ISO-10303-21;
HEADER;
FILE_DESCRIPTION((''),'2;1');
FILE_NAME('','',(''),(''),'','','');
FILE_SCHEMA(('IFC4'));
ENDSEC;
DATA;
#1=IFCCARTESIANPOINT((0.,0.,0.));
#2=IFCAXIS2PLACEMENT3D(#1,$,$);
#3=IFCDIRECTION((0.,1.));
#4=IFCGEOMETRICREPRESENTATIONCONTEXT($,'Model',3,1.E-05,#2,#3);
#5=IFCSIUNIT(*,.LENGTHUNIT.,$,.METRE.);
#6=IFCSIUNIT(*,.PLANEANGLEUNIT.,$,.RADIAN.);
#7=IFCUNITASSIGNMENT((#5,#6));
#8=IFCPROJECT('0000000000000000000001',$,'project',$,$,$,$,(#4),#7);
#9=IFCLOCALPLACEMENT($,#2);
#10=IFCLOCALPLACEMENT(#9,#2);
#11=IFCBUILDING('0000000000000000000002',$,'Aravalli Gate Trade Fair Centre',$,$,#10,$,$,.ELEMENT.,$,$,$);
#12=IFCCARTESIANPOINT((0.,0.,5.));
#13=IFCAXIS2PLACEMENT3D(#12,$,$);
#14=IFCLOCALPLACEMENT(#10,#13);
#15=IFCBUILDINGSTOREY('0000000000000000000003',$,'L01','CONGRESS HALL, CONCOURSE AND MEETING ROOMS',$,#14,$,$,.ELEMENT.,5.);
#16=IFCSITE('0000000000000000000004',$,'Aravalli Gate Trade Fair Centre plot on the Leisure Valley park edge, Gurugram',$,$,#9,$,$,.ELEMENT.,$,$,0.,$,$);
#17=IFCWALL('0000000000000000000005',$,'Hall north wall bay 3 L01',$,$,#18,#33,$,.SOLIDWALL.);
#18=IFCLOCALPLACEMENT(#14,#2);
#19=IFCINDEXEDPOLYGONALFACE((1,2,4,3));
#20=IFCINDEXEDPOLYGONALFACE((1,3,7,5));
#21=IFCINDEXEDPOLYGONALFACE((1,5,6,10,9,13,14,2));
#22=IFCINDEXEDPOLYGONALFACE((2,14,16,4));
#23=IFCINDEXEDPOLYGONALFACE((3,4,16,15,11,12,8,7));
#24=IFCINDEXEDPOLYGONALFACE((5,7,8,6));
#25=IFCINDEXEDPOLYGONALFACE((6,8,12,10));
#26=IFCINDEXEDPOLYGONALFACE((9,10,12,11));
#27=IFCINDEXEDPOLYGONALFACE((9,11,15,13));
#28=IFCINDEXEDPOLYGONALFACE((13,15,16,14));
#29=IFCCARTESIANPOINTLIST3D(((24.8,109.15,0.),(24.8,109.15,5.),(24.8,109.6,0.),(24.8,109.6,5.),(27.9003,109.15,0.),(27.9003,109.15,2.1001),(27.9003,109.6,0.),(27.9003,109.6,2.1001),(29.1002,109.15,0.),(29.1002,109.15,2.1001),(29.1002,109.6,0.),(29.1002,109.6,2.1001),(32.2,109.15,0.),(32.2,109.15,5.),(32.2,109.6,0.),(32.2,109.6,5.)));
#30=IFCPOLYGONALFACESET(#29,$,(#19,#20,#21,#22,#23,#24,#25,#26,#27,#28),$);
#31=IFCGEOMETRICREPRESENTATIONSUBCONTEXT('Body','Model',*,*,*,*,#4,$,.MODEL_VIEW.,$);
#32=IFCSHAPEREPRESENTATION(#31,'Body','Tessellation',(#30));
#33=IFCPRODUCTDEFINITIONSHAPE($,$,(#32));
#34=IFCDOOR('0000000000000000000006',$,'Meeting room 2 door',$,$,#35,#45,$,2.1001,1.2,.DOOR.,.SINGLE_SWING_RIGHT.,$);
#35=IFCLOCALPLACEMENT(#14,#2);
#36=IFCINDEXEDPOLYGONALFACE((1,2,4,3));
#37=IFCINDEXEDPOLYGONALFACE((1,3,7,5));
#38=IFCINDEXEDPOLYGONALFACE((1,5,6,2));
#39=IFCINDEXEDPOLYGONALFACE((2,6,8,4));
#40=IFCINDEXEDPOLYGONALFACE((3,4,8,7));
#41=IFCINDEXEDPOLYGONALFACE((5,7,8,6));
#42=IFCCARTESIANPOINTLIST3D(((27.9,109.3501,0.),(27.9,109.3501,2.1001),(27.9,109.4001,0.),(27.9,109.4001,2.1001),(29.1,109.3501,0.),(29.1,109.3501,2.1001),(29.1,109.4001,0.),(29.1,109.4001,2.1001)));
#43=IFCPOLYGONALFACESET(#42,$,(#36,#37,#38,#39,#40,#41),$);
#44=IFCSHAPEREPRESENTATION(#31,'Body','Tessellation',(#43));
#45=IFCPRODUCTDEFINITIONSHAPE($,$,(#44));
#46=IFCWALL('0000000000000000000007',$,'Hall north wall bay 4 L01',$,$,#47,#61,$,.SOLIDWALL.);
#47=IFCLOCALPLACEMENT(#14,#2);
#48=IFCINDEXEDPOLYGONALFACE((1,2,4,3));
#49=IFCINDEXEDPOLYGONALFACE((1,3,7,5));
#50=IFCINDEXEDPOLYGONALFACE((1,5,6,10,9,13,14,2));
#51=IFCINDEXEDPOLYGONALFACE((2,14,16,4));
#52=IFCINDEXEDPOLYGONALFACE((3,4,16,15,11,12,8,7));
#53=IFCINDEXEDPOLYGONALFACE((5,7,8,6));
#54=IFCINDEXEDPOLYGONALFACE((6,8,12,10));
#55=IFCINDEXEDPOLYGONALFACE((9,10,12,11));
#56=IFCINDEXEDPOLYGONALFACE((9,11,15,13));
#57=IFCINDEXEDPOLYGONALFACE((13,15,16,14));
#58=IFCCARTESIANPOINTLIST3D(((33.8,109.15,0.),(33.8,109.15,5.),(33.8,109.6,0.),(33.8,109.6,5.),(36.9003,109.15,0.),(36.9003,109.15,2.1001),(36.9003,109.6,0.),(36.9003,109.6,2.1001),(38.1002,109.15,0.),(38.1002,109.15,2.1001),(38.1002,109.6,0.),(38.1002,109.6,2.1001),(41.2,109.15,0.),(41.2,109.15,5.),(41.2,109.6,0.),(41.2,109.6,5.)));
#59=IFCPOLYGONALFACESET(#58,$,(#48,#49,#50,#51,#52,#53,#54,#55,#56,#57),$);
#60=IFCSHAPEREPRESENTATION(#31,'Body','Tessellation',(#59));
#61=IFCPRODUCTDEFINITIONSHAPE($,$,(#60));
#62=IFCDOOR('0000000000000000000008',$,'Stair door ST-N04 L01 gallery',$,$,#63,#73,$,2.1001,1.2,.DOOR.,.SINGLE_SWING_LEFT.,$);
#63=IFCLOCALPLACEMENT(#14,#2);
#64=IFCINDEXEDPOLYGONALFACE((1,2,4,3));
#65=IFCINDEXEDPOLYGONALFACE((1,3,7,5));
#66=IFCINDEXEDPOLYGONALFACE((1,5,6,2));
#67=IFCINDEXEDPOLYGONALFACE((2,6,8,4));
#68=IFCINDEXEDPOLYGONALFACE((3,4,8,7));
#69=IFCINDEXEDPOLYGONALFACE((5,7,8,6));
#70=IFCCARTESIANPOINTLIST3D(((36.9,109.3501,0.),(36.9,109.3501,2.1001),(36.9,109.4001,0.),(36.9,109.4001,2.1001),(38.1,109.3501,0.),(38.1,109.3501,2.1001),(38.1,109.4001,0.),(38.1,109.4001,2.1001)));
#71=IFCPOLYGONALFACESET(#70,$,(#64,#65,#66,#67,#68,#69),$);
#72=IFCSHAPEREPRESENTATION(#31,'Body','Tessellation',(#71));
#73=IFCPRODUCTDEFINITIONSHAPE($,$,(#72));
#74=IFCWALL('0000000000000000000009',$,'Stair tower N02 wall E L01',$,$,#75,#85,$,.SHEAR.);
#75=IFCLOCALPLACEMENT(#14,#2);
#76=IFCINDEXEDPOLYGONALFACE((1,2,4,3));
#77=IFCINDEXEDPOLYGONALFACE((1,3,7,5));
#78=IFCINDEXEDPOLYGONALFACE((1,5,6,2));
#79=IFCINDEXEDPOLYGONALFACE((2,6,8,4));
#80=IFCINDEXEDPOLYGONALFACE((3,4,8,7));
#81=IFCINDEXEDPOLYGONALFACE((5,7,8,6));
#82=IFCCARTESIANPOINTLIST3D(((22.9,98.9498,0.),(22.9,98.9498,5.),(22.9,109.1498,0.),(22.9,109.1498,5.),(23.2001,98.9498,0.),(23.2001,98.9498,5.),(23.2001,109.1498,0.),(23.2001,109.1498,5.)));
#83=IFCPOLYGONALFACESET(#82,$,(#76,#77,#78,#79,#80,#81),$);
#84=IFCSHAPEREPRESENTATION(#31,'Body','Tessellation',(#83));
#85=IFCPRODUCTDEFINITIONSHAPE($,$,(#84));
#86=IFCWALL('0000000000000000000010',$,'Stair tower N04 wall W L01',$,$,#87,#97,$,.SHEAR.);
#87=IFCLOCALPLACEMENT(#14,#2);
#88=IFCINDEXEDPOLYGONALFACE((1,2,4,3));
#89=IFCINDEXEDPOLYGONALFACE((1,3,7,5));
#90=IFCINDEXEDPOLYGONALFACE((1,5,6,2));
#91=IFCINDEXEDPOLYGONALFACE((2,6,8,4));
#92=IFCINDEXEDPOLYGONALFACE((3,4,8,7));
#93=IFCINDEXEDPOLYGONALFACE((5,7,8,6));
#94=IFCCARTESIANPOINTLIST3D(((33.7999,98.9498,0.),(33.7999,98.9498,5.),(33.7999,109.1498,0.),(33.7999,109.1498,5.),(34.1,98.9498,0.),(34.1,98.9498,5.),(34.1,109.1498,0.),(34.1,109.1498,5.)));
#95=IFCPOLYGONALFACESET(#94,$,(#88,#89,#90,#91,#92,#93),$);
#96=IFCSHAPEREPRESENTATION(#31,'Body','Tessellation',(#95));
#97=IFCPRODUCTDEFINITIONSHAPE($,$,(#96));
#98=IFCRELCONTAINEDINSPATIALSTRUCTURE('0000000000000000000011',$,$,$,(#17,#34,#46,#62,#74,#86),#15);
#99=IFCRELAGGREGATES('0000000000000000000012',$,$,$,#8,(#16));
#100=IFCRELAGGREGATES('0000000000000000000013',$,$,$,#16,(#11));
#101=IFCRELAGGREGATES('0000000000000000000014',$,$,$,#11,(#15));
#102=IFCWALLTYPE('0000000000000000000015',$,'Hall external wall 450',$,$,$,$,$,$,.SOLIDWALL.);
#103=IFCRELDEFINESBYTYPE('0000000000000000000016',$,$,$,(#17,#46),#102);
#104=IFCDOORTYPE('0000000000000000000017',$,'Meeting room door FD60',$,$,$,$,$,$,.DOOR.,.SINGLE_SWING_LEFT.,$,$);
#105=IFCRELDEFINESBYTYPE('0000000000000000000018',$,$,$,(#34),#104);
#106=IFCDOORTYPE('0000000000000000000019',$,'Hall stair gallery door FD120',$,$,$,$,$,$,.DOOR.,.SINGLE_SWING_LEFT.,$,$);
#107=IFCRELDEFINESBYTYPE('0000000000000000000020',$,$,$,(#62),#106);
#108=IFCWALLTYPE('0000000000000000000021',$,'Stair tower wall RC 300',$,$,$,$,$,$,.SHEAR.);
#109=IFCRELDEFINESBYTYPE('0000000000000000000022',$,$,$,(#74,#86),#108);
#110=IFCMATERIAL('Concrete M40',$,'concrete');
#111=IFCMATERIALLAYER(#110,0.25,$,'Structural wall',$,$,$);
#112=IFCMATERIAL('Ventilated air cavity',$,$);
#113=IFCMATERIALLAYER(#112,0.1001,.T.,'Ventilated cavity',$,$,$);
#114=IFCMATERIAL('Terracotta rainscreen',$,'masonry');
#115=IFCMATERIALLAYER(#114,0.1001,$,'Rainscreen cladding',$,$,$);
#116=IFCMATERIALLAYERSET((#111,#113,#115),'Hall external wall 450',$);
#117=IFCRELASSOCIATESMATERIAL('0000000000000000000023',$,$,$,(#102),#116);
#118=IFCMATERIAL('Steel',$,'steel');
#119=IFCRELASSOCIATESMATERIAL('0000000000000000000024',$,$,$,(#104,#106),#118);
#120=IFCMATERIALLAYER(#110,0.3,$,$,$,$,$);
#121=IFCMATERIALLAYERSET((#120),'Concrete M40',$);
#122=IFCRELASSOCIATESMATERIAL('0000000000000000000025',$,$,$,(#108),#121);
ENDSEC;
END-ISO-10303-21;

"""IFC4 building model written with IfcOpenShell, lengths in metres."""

from ifc_helpers import new_model, si_unit, direction, frame, frame_2d, origin, place, context, subcontext, project, spatial, rectangle, extrude, material, layer, layer_set, type_object, element, fill, save


model = new_model("IFC4")

# Units and contexts
model_context = context("Model", 3, precision=1e-05, world=origin(), true_north=direction((0.0, 1.0)))
body_context = subcontext(model_context, "Body", "Model", "MODEL_VIEW")
ifc_project = project(units=[si_unit("LENGTHUNIT", "METRE"), si_unit("PLANEANGLEUNIT", "RADIAN")], contexts=[model_context])

# Site, building, storey
site_placement = place(None, origin())
site = spatial("IfcSite", under=ifc_project, at=site_placement, Name="Aravalli Gate Trade Fair Centre plot on the Leisure Valley park edge, Gurugram", CompositionType="ELEMENT", RefElevation=0.0)
building_placement = place(site_placement, origin())
building = spatial("IfcBuilding", under=site, at=building_placement, Name="Aravalli Gate Trade Fair Centre", CompositionType="ELEMENT")
storey_placement = place(building_placement, frame((0.0, 0.0, 5.0)))
storey = spatial("IfcBuildingStorey", under=building, at=storey_placement, Name="L01", Description="CONGRESS HALL, CONCOURSE AND MEETING ROOMS", CompositionType="ELEMENT", Elevation=5.0)

# Walls, openings, doors
ifc_material_1 = material(Name="Concrete M40", Category="concrete")
ifc_layer_1 = layer(ifc_material_1, 0.25, Name="Structural wall")
ifc_material_2 = material(Name="Ventilated air cavity")
ifc_layer_2 = layer(ifc_material_2, 0.1001, ventilated=True, Name="Ventilated cavity")
ifc_material_3 = material(Name="Terracotta rainscreen", Category="masonry")
ifc_layer_3 = layer(ifc_material_3, 0.1001, Name="Rainscreen cladding")
ifc_layer_set_1 = layer_set([ifc_layer_1, ifc_layer_2, ifc_layer_3], Name="Hall external wall 450")
wall_type_1 = type_object("IfcWallType", Name="Hall external wall 450", PredefinedType="SOLIDWALL", material=ifc_layer_set_1)
wall_1_placement = place(storey_placement, frame((24.8, 109.375, 0.0), z_axis=(0.0, 0.0, 1.0), x_axis=(1.0, 0.0, 0.0)))
wall_1 = element("IfcWall", 1, at=wall_1_placement, inside=storey, type_object=wall_type_1, Name="Hall north wall bay 3 L01", PredefinedType="SOLIDWALL", context=body_context, shape_type="SweptSolid", body=[
    extrude(rectangle(XDim=7.3999, YDim=0.45, at=frame_2d((3.7, 0.0))), origin(), (0.0, 0.0, 1.0), 5.0),
])
opening_1_placement = place(wall_1_placement, frame((3.1001, 0.0, 0.0)))
opening_1 = element("IfcOpeningElement", 2, at=opening_1_placement, cuts=wall_1, PredefinedType="OPENING", context=body_context, shape_type="SweptSolid", body=[
    extrude(rectangle(XDim=1.2, YDim=2.1001, at=frame_2d((0.6001, 1.05))), frame((0.0, 0.2349, 0.0), z_axis=(0.0, -1.0, 0.0), x_axis=(1.0, 0.0, 0.0)), (0.0, 0.0, 1.0), 0.47),
])
ifc_material_4 = material(Name="Steel", Category="steel")
door_type_1 = type_object("IfcDoorType", Name="Meeting room door FD60", OperationType="SINGLE_SWING_LEFT", PredefinedType="DOOR", material=ifc_material_4)
door_1_placement = place(opening_1_placement, frame((1.2, 0.0, 0.0), z_axis=(0.0, 0.0, 1.0), x_axis=(-1.0, 0.0, 0.0)))
door_1 = element("IfcDoor", 3, at=door_1_placement, inside=storey, type_object=door_type_1, Name="Meeting room 2 door", OperationType="SINGLE_SWING_RIGHT", OverallHeight=2.1001, OverallWidth=1.2, PredefinedType="DOOR", context=body_context, shape_type="SweptSolid", body=[
    extrude(rectangle(XDim=1.2, YDim=2.1001, at=frame_2d((0.6001, 1.05))), frame((0.0, 0.0249, 0.0), z_axis=(0.0, -1.0, 0.0), x_axis=(1.0, 0.0, 0.0)), (0.0, 0.0, 1.0), 0.05),
])
fill(opening_1, door_1)
wall_2_placement = place(storey_placement, frame((33.8, 109.375, 0.0), z_axis=(0.0, 0.0, 1.0), x_axis=(1.0, 0.0, 0.0)))
wall_2 = element("IfcWall", 4, at=wall_2_placement, inside=storey, type_object=wall_type_1, Name="Hall north wall bay 4 L01", PredefinedType="SOLIDWALL", context=body_context, shape_type="SweptSolid", body=[
    extrude(rectangle(XDim=7.3999, YDim=0.45, at=frame_2d((3.7, 0.0))), origin(), (0.0, 0.0, 1.0), 5.0),
])
opening_2_placement = place(wall_2_placement, frame((3.1001, 0.0, 0.0)))
opening_2 = element("IfcOpeningElement", 5, at=opening_2_placement, cuts=wall_2, PredefinedType="OPENING", context=body_context, shape_type="SweptSolid", body=[
    extrude(rectangle(XDim=1.2, YDim=2.1001, at=frame_2d((0.6001, 1.05))), frame((0.0, 0.2349, 0.0), z_axis=(0.0, -1.0, 0.0), x_axis=(1.0, 0.0, 0.0)), (0.0, 0.0, 1.0), 0.47),
])
door_type_2 = type_object("IfcDoorType", Name="Hall stair gallery door FD120", OperationType="SINGLE_SWING_LEFT", PredefinedType="DOOR", material=ifc_material_4)
door_2_placement = place(opening_2_placement, frame((1.2, 0.0, 0.0), z_axis=(0.0, 0.0, 1.0), x_axis=(-1.0, 0.0, 0.0)))
door_2 = element("IfcDoor", 6, at=door_2_placement, inside=storey, type_object=door_type_2, Name="Stair door ST-N04 L01 gallery", OperationType="SINGLE_SWING_LEFT", OverallHeight=2.1001, OverallWidth=1.2, PredefinedType="DOOR", context=body_context, shape_type="SweptSolid", body=[
    extrude(rectangle(XDim=1.2, YDim=2.1001, at=frame_2d((0.6001, 1.05))), frame((0.0, 0.0249, 0.0), z_axis=(0.0, -1.0, 0.0), x_axis=(1.0, 0.0, 0.0)), (0.0, 0.0, 1.0), 0.05),
])
fill(opening_2, door_2)

# Walls
ifc_layer_4 = layer(ifc_material_1, 0.3)
ifc_layer_set_2 = layer_set([ifc_layer_4], Name="Concrete M40")
wall_type_2 = type_object("IfcWallType", Name="Stair tower wall RC 300", PredefinedType="SHEAR", material=ifc_layer_set_2)
for number, where, z_axis, x_axis, name in (
    (7, (23.05, 109.1499, 0.0), (0.0, 0.0, 1.0), (0.0, -1.0, 0.0), "Stair tower N02 wall E L01"),
    (8, (33.95, 109.1499, 0.0), (0.0, 0.0, 1.0), (0.0, -1.0, 0.0), "Stair tower N04 wall W L01"),
):
    element("IfcWall", number, at=place(storey_placement, frame(where, z_axis=z_axis, x_axis=x_axis)), inside=storey, type_object=wall_type_2, Name=name, PredefinedType="SHEAR", context=body_context, shape_type="SweptSolid", body=[
        extrude(rectangle(XDim=10.2, YDim=0.3, at=frame_2d((5.1001, 0.0))), origin(), (0.0, 0.0, 1.0), 5.0),
    ])

save(model, "model.ifc")
